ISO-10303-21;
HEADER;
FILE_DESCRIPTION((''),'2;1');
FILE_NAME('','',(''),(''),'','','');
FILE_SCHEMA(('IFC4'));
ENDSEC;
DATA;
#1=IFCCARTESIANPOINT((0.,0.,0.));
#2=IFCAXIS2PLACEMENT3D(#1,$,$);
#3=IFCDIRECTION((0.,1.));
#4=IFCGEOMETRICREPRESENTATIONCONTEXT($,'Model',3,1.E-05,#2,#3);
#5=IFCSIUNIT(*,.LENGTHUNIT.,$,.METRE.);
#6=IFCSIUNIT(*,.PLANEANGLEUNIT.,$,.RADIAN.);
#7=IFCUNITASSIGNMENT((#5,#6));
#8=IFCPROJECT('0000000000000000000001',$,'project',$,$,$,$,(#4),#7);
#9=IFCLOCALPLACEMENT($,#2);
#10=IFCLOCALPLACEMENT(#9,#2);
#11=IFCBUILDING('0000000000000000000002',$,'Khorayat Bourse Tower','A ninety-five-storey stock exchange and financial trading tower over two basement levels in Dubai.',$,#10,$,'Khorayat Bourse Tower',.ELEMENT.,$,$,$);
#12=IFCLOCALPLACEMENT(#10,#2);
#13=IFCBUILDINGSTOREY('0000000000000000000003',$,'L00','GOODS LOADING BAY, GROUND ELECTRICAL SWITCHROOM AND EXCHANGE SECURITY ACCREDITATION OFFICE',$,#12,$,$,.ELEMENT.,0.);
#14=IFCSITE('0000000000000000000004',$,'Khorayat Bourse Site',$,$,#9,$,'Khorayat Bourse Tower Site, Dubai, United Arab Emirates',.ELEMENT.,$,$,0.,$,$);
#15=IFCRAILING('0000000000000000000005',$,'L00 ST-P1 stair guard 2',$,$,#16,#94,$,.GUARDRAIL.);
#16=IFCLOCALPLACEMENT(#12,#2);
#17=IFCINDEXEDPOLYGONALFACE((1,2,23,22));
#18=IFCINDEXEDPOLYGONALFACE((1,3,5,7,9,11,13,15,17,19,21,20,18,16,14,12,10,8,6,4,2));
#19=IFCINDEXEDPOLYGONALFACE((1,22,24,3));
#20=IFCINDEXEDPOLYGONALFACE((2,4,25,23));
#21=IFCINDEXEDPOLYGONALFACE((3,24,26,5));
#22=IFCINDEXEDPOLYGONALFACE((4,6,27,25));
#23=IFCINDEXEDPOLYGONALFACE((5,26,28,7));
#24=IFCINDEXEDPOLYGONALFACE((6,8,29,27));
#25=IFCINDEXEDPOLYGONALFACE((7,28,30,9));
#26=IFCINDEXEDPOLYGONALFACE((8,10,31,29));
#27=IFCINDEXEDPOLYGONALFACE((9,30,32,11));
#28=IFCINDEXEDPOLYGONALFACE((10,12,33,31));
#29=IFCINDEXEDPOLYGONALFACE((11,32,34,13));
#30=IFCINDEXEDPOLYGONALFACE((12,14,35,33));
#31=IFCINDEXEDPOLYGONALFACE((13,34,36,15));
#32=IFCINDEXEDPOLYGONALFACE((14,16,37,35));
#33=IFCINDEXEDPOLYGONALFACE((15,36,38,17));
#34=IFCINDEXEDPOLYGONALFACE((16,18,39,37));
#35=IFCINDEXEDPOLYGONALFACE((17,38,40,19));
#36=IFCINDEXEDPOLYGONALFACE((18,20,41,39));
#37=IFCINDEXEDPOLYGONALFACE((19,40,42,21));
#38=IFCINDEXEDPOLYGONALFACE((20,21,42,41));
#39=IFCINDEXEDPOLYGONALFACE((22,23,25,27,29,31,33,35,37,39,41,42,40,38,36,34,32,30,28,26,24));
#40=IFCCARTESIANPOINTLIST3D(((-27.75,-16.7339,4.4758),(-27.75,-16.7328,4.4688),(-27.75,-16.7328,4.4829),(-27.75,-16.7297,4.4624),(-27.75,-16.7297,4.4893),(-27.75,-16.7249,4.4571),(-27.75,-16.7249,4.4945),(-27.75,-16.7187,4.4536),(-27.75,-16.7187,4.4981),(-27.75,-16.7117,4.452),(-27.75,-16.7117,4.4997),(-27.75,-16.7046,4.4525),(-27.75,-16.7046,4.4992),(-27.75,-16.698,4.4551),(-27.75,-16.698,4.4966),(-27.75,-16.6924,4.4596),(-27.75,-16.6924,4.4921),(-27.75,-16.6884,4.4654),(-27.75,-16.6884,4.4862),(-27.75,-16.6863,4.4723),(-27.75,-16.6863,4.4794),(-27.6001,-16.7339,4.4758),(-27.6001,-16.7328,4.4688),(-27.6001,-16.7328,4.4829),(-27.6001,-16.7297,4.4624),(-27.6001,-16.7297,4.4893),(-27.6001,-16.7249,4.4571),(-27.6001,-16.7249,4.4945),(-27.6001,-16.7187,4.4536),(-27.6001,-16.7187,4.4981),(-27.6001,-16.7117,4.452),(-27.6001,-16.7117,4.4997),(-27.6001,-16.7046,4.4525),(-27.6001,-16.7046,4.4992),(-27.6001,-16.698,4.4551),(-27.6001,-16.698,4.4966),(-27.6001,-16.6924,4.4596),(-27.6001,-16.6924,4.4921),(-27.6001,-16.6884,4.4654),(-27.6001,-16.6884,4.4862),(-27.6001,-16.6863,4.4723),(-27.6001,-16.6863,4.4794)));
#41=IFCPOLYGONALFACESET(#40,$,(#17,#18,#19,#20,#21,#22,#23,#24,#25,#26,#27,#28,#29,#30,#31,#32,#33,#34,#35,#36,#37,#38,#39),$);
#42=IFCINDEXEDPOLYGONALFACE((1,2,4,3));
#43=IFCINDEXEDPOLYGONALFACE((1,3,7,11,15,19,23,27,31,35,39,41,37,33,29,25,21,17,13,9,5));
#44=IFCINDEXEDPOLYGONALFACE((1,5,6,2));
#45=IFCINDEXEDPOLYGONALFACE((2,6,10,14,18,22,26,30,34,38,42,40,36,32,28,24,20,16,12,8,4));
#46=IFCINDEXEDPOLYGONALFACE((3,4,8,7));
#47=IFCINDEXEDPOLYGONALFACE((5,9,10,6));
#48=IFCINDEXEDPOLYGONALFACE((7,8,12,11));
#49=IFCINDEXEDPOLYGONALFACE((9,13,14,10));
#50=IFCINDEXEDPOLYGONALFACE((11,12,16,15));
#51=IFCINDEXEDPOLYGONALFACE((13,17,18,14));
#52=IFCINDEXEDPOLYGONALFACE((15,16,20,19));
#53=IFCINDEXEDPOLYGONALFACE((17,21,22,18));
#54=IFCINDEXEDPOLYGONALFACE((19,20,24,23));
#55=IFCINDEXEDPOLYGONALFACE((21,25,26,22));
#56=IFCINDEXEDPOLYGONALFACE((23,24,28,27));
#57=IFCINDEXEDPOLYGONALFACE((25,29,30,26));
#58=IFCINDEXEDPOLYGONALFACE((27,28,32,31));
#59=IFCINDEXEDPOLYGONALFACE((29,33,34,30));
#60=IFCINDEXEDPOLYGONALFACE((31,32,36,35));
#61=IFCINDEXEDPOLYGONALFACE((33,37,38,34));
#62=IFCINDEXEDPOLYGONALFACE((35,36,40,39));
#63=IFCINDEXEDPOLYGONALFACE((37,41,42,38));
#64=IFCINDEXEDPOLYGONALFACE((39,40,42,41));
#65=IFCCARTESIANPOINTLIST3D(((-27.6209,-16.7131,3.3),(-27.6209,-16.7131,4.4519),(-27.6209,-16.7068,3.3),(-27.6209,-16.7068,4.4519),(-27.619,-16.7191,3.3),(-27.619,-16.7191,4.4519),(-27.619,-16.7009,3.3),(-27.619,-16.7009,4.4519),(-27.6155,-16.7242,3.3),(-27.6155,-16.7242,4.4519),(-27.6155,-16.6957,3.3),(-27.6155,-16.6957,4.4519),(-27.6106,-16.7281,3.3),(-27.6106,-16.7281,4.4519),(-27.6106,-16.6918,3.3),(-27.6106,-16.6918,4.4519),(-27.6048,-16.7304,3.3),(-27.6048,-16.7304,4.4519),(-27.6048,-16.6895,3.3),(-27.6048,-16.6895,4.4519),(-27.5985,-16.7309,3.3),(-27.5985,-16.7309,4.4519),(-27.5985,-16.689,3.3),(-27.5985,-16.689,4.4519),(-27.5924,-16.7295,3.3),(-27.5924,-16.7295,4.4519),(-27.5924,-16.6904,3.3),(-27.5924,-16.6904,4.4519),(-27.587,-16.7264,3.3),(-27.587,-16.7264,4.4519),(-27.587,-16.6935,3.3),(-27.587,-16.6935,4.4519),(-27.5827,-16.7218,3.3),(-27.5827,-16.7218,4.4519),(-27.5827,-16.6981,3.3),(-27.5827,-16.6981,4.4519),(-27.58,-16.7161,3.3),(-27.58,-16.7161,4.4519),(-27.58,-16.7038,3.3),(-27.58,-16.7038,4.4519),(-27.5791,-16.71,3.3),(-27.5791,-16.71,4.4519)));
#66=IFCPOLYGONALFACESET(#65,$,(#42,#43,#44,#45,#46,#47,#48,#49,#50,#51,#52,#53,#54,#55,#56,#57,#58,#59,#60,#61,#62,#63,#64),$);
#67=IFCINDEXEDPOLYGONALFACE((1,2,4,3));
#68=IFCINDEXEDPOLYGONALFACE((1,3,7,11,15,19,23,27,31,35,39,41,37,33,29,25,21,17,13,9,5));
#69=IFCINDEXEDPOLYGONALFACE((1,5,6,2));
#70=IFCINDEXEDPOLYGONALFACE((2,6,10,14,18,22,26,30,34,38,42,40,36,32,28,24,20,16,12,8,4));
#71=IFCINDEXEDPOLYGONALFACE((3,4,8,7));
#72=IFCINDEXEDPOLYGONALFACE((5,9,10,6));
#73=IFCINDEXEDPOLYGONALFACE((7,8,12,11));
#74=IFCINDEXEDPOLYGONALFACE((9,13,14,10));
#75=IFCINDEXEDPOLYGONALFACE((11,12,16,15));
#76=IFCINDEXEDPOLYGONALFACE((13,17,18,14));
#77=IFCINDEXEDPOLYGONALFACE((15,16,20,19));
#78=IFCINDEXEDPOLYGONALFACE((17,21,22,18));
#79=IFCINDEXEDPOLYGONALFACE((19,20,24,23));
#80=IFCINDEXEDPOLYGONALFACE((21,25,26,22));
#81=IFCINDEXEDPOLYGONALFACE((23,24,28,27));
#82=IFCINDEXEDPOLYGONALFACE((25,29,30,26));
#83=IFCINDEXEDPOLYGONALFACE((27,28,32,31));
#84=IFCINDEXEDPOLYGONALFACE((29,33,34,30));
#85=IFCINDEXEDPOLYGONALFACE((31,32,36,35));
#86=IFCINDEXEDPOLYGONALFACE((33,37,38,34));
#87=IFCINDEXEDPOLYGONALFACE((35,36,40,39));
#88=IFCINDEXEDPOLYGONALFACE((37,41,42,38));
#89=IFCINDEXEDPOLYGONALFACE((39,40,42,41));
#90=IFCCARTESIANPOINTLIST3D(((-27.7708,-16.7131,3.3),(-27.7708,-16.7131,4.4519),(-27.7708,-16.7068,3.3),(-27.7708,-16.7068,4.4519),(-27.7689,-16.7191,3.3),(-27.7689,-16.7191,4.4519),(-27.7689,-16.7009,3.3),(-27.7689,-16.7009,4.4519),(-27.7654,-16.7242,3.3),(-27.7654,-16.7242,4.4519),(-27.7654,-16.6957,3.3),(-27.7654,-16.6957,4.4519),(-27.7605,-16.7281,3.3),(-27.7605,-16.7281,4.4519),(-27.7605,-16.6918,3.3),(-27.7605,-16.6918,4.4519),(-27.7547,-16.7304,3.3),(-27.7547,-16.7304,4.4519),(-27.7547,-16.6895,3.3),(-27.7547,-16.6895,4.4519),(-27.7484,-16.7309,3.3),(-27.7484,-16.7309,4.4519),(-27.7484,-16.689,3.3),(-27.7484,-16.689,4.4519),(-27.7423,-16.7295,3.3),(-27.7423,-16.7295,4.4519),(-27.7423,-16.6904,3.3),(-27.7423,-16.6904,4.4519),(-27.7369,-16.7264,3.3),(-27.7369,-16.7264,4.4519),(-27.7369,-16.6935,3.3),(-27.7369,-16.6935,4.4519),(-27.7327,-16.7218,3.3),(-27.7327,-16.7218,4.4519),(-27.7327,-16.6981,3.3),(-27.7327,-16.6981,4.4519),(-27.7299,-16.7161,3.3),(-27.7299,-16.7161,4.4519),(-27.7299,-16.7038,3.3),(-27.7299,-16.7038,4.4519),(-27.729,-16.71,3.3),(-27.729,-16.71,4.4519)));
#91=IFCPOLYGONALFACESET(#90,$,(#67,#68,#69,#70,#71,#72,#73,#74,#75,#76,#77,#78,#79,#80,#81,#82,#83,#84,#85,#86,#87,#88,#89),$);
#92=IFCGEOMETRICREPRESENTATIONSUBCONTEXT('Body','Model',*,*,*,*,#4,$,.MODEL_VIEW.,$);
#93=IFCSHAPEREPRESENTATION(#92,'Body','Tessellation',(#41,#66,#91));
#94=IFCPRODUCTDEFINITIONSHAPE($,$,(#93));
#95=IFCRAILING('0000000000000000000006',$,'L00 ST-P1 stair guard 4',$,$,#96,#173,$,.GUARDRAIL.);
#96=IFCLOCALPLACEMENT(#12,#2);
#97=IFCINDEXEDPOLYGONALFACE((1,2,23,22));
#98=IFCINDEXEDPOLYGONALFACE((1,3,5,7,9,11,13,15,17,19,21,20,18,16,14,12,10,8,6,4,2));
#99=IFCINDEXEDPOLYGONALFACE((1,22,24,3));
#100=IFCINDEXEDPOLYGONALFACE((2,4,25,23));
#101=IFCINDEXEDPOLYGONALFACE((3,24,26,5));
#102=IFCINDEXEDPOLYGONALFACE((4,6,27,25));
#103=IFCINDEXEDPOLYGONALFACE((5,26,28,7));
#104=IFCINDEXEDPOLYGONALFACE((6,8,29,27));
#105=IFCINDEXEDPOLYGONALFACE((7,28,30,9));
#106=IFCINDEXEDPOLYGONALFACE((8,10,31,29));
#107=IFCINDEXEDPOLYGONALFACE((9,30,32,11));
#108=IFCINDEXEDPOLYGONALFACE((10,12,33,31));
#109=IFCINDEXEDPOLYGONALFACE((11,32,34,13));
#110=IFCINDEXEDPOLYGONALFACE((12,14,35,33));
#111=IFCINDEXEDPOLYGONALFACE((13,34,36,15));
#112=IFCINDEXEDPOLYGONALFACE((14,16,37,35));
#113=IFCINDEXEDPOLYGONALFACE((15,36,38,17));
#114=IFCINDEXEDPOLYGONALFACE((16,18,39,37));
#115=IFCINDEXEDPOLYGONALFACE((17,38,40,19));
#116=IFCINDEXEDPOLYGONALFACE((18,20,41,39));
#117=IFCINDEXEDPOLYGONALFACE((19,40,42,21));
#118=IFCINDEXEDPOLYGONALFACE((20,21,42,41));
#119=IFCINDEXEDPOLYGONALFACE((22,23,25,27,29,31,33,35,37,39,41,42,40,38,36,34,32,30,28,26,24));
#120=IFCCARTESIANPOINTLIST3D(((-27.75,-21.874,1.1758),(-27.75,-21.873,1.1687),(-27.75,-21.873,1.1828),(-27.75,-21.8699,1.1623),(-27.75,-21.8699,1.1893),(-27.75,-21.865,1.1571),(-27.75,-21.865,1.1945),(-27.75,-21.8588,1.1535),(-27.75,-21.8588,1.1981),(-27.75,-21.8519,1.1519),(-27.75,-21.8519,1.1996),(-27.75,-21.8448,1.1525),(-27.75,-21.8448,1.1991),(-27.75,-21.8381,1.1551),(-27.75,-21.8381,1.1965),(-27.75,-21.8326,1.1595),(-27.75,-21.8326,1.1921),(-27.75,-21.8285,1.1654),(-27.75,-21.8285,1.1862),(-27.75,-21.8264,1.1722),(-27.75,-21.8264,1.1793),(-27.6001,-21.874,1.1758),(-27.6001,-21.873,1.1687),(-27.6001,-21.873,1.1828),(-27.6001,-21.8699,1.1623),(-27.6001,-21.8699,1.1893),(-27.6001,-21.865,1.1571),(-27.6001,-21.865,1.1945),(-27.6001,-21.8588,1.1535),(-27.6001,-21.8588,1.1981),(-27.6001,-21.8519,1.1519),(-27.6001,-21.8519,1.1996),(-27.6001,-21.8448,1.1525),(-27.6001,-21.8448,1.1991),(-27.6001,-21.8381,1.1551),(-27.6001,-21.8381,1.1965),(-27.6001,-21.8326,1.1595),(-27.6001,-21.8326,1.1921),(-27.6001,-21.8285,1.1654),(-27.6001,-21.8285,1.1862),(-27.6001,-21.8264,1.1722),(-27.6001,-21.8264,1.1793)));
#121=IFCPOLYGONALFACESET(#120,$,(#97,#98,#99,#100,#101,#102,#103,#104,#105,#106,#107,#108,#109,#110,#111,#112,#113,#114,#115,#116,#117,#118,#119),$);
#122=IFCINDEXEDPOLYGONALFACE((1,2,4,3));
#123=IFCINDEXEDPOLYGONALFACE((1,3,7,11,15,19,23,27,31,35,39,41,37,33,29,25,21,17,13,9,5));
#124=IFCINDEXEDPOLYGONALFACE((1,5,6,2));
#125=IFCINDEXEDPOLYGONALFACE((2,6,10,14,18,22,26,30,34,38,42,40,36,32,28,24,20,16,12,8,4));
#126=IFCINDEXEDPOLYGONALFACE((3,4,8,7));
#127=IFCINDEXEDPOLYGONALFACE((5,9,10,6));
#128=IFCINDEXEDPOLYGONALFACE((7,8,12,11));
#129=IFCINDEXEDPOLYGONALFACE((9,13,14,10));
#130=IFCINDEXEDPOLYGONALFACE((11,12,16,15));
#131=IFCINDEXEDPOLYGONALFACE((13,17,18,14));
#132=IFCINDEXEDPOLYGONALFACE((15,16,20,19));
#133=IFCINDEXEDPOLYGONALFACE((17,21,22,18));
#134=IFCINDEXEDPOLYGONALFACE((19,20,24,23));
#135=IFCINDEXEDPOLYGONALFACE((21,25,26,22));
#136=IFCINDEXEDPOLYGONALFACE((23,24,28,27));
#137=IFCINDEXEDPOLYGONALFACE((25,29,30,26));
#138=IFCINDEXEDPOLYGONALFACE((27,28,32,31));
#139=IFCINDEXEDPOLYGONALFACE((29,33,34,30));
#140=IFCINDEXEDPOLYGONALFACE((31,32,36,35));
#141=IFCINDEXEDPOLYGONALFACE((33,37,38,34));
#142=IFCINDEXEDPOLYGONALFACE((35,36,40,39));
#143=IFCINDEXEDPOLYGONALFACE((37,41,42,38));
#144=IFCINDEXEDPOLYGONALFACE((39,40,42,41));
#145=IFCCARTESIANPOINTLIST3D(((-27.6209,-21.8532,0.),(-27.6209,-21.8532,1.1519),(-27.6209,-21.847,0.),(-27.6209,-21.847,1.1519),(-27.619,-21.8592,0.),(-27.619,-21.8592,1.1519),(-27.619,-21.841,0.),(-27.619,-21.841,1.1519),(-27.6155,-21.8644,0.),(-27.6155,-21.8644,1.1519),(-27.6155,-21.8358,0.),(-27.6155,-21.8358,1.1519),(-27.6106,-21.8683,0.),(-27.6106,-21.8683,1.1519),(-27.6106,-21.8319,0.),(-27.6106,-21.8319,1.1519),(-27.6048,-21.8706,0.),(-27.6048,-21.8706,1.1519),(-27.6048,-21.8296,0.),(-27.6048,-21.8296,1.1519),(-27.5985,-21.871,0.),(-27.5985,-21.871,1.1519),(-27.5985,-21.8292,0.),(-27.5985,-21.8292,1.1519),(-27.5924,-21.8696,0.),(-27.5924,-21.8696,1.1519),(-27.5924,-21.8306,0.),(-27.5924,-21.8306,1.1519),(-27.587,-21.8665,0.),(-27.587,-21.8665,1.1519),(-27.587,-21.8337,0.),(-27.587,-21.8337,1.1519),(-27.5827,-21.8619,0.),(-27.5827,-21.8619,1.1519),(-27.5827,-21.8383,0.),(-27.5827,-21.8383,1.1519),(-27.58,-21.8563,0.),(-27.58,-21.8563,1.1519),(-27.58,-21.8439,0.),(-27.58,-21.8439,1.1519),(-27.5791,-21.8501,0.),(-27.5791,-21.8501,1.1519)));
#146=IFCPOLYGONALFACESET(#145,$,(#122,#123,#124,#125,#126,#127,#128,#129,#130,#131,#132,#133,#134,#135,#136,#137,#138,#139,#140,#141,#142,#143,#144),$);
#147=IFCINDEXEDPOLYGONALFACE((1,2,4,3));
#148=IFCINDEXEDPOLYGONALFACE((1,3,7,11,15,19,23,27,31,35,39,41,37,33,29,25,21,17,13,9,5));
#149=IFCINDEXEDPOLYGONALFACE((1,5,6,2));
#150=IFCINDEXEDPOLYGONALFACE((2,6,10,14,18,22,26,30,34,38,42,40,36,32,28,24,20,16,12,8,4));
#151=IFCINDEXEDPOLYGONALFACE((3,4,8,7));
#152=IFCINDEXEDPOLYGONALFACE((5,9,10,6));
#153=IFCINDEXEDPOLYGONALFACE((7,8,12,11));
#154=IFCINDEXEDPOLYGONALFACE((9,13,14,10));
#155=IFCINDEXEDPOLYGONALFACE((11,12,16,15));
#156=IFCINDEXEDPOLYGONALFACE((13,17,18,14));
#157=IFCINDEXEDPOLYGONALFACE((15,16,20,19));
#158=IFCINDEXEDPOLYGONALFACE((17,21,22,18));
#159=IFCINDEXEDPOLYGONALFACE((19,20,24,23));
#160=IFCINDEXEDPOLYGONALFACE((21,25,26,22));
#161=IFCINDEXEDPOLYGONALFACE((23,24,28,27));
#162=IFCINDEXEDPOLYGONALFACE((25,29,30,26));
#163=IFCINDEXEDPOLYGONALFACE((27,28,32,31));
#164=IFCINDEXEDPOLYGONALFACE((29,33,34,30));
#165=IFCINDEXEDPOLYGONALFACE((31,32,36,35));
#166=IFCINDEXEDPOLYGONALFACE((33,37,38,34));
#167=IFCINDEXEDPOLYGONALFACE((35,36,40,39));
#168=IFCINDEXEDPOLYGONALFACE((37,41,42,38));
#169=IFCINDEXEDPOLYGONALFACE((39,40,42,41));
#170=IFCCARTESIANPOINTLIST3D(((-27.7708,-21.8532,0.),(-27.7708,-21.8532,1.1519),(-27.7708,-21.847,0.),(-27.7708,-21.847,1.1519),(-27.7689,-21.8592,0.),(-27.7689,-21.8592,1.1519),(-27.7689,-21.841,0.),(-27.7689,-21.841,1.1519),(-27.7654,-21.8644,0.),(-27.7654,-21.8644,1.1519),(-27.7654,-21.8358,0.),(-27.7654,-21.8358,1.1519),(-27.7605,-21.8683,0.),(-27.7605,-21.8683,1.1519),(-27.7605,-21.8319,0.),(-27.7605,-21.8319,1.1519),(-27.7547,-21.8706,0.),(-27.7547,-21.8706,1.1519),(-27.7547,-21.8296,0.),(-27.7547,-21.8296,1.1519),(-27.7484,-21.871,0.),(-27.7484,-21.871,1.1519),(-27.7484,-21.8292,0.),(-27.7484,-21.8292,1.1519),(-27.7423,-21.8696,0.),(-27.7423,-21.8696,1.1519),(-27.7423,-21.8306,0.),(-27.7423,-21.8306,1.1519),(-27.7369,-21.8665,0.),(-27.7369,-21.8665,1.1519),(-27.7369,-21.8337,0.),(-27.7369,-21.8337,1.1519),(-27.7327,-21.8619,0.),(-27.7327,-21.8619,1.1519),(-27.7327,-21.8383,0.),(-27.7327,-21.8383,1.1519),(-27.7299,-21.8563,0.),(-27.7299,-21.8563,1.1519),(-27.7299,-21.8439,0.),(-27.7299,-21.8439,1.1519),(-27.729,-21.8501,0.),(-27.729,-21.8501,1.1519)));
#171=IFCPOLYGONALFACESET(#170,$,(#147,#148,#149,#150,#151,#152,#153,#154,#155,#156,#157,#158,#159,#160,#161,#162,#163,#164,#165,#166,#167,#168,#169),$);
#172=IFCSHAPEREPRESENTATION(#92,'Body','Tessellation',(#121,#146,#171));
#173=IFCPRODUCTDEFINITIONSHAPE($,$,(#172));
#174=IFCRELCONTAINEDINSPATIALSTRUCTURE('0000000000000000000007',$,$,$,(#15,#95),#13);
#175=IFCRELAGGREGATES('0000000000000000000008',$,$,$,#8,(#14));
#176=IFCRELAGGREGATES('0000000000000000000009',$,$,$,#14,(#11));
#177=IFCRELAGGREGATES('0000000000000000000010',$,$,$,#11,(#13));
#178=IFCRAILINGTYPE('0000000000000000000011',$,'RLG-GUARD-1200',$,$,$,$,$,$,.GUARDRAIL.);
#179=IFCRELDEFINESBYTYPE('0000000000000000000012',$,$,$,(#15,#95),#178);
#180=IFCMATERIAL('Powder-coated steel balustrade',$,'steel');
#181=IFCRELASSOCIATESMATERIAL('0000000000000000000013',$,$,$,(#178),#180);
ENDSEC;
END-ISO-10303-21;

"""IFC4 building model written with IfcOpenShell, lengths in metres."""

from ifc_helpers import new_model, si_unit, direction, frame, origin, origin_2d, place, context, subcontext, project, spatial, circle, extrude, source, transform, mapped, material, type_object, element, save


model = new_model("IFC4")

# Units and contexts
model_context = context("Model", 3, precision=1e-05, world=origin(), true_north=direction((0.0, 1.0)))
body_context = subcontext(model_context, "Body", "Model", "MODEL_VIEW")
ifc_project = project(units=[si_unit("LENGTHUNIT", "METRE"), si_unit("PLANEANGLEUNIT", "RADIAN")], contexts=[model_context])

# Site, building, storey
site_placement = place(None, origin())
site = spatial("IfcSite", under=ifc_project, at=site_placement, Name="Khorayat Bourse Site", LongName="Khorayat Bourse Tower Site, Dubai, United Arab Emirates", CompositionType="ELEMENT", RefElevation=0.0)
building_placement = place(site_placement, origin())
building = spatial("IfcBuilding", under=site, at=building_placement, Name="Khorayat Bourse Tower", Description="A ninety-five-storey stock exchange and financial trading tower over two basement levels in Dubai.", LongName="Khorayat Bourse Tower", CompositionType="ELEMENT")
storey_placement = place(building_placement, origin())
storey = spatial("IfcBuildingStorey", under=building, at=storey_placement, Name="L00", Description="GOODS LOADING BAY, GROUND ELECTRICAL SWITCHROOM AND EXCHANGE SECURITY ACCREDITATION OFFICE", CompositionType="ELEMENT", Elevation=0.0)

# Railings
ifc_material_1 = material(Name="Powder-coated steel balustrade", Category="steel")
railing_type_1 = type_object("IfcRailingType", Name="RLG-GUARD-1200", PredefinedType="GUARDRAIL", material=ifc_material_1)
shared_shape_1 = source(origin(), body_context, "Body", "SweptSolid", [
    extrude(circle(Radius=0.0239, at=origin_2d()), frame((0.0, 0.0, 1.1758), z_axis=(-1.0, 0.0, 0.0), x_axis=(0.0, -1.0, 0.0)), (0.0, 0.0, 1.0), 0.1499),
    extrude(circle(Radius=0.021, at=origin_2d()), origin(), (0.0, 0.0, 1.0), 1.1519),
    extrude(circle(Radius=0.021, at=origin_2d()), frame((-0.1499, 0.0, 0.0)), (0.0, 0.0, 1.0), 1.1519),
])
for number, where, name in (
    (1, (-27.6001, -16.71, 3.3), "L00 ST-P1 stair guard 2"),
    (2, (-27.6001, -21.8501, 0.0), "L00 ST-P1 stair guard 4"),
):
    element("IfcRailing", number, at=place(storey_placement, frame(where)), inside=storey, type_object=railing_type_1, Name=name, PredefinedType="GUARDRAIL", context=body_context, shape_type="MappedRepresentation", body=[
        mapped(shared_shape_1, transform((0.0, 0.0, 0.0), scale=1.0)),
    ])

save(model, "model.ifc")
